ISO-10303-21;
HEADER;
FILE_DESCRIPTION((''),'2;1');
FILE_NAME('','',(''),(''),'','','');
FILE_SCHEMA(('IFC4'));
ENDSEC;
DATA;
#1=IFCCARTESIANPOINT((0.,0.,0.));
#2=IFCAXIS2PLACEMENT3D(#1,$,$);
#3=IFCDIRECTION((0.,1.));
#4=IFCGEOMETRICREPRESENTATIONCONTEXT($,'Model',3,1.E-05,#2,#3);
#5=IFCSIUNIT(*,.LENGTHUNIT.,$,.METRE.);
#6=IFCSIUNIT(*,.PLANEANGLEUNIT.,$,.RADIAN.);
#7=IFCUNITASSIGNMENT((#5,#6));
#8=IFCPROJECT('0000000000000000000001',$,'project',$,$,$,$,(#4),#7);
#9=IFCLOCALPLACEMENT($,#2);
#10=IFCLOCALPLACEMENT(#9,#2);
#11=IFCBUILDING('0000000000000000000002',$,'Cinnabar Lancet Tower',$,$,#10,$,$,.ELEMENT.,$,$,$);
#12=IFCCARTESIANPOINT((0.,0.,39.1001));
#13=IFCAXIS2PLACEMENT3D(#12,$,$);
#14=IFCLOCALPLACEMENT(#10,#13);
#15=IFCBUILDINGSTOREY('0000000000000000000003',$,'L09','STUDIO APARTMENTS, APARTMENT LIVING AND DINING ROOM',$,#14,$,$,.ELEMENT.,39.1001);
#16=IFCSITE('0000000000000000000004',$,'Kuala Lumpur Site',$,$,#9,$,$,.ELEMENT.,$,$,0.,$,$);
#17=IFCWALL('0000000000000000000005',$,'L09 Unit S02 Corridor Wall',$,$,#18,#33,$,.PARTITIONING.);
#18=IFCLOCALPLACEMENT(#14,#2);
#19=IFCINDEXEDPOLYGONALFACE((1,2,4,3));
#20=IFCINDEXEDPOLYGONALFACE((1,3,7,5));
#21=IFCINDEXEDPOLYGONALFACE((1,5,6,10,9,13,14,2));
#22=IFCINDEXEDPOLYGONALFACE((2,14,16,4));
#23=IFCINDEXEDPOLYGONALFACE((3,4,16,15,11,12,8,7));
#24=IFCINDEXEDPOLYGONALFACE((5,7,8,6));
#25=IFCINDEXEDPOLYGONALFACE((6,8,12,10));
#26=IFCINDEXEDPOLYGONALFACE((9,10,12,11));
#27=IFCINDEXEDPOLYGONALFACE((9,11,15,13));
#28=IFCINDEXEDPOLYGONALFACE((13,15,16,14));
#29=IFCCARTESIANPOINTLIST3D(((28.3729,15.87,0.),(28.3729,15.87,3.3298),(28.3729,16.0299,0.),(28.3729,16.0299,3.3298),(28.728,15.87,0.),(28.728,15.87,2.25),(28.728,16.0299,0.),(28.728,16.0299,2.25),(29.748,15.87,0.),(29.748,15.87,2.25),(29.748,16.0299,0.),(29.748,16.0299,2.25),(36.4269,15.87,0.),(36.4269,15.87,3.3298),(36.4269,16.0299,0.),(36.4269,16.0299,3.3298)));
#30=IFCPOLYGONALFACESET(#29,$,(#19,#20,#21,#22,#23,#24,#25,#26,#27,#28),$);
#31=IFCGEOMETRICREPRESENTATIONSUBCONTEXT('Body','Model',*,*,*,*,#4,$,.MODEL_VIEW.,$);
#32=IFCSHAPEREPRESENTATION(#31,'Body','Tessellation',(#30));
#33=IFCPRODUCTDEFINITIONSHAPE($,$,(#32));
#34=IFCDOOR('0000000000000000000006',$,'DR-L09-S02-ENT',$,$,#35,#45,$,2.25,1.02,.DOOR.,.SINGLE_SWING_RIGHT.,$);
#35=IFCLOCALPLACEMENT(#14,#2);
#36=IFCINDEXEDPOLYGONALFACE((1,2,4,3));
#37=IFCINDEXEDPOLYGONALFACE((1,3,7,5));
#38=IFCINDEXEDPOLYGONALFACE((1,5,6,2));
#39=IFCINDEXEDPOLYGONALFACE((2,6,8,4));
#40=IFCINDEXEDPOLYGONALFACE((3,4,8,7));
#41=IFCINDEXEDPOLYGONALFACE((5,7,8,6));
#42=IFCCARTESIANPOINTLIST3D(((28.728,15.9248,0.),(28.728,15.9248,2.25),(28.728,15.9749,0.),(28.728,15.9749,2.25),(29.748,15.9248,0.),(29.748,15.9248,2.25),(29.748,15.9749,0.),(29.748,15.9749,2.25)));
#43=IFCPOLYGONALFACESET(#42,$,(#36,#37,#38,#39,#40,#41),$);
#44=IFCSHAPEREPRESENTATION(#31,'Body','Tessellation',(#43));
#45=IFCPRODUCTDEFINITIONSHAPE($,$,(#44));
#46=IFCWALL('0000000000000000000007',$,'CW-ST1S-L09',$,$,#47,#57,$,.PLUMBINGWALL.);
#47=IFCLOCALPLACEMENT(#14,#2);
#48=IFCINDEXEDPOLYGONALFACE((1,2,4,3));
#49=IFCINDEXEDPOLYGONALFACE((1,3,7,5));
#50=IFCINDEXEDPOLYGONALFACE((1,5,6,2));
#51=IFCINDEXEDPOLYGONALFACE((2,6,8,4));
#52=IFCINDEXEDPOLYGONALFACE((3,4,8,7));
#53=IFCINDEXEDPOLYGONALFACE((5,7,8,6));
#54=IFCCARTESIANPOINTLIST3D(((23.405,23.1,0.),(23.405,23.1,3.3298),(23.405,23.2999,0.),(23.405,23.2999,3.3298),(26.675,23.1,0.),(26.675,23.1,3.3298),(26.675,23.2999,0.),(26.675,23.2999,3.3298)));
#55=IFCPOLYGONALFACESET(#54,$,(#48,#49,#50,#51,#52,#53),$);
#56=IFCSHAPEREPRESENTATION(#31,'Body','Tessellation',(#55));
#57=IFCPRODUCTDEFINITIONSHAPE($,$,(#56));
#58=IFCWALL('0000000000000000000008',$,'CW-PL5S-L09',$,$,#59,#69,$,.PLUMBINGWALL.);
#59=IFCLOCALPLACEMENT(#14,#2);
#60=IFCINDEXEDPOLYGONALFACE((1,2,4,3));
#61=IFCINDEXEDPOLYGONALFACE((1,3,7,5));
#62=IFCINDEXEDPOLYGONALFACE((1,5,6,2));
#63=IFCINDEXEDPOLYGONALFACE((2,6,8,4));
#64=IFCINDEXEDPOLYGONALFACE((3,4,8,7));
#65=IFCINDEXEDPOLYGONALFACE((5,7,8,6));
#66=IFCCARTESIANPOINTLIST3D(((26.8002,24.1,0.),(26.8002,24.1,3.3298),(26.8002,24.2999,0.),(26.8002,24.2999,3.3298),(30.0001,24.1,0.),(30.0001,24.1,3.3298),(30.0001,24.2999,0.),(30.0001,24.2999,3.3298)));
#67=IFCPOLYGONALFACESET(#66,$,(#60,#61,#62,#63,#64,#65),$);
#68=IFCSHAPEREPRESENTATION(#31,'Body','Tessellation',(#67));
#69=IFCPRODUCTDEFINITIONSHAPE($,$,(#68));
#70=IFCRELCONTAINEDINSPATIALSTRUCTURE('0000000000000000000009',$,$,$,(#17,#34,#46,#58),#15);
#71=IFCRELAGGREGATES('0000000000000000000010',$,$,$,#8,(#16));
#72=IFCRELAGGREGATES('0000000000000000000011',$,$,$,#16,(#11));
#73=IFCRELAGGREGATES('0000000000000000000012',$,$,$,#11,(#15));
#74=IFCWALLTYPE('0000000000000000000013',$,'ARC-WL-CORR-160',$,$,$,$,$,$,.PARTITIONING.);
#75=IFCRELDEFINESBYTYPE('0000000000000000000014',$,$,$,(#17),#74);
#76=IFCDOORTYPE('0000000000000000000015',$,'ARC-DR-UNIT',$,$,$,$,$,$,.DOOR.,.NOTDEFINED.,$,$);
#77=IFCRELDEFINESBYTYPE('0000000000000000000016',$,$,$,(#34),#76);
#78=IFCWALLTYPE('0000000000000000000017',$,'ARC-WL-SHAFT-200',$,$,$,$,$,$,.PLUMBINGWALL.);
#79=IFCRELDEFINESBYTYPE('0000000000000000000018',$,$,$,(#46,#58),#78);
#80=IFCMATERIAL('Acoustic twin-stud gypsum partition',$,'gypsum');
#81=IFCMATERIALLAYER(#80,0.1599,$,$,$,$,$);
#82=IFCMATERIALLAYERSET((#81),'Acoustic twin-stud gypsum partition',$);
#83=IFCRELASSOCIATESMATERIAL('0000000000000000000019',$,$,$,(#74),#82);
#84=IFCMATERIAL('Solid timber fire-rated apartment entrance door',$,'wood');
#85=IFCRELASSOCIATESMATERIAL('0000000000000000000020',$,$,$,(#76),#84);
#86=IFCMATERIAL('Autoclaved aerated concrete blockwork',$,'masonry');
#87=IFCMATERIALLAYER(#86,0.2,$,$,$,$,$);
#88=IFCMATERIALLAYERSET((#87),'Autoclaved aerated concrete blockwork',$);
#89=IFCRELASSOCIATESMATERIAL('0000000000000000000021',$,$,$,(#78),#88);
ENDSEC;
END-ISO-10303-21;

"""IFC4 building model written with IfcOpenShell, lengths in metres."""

from ifc_helpers import new_model, si_unit, direction, frame, frame_2d, origin, place, context, subcontext, project, spatial, rectangle, extrude, material, layer, layer_set, type_object, element, fill, save


model = new_model("IFC4")

# Units and contexts
model_context = context("Model", 3, precision=1e-05, world=origin(), true_north=direction((0.0, 1.0)))
body_context = subcontext(model_context, "Body", "Model", "MODEL_VIEW")
ifc_project = project(units=[si_unit("LENGTHUNIT", "METRE"), si_unit("PLANEANGLEUNIT", "RADIAN")], contexts=[model_context])

# Site, building, storey
site_placement = place(None, origin())
site = spatial("IfcSite", under=ifc_project, at=site_placement, Name="Kuala Lumpur Site", CompositionType="ELEMENT", RefElevation=0.0)
building_placement = place(site_placement, origin())
building = spatial("IfcBuilding", under=site, at=building_placement, Name="Cinnabar Lancet Tower", CompositionType="ELEMENT")
storey_placement = place(building_placement, frame((0.0, 0.0, 39.1001)))
storey = spatial("IfcBuildingStorey", under=building, at=storey_placement, Name="L09", Description="STUDIO APARTMENTS, APARTMENT LIVING AND DINING ROOM", CompositionType="ELEMENT", Elevation=39.1001)

# Wall, opening, door
ifc_material_1 = material(Name="Acoustic twin-stud gypsum partition", Category="gypsum")
ifc_layer_1 = layer(ifc_material_1, 0.1599)
ifc_layer_set_1 = layer_set([ifc_layer_1], Name="Acoustic twin-stud gypsum partition")
wall_type_1 = type_object("IfcWallType", Name="ARC-WL-CORR-160", PredefinedType="PARTITIONING", material=ifc_layer_set_1)
wall_1_placement = place(storey_placement, frame((28.373, 15.95, 0.0), z_axis=(0.0, 0.0, 1.0), x_axis=(1.0, 0.0, 0.0)))
wall_1 = element("IfcWall", 1, at=wall_1_placement, inside=storey, type_object=wall_type_1, Name="L09 Unit S02 Corridor Wall", PredefinedType="PARTITIONING", context=body_context, shape_type="SweptSolid", body=[
    extrude(rectangle(XDim=8.054, YDim=0.1599, at=frame_2d((4.0269, 0.0))), origin(), (0.0, 0.0, 1.0), 3.3298),
])
opening_1_placement = place(wall_1_placement, frame((0.355, 0.0, 0.0)))
opening_1 = element("IfcOpeningElement", 2, at=opening_1_placement, cuts=wall_1, PredefinedType="OPENING", context=body_context, shape_type="SweptSolid", body=[
    extrude(rectangle(XDim=1.02, YDim=2.25, at=frame_2d((0.51, 1.125))), frame((0.0, 0.0898, 0.0), z_axis=(0.0, -1.0, 0.0), x_axis=(1.0, 0.0, 0.0)), (0.0, 0.0, 1.0), 0.1799),
])
ifc_material_2 = material(Name="Solid timber fire-rated apartment entrance door", Category="wood")
door_type_1 = type_object("IfcDoorType", Name="ARC-DR-UNIT", OperationType="NOTDEFINED", PredefinedType="DOOR", material=ifc_material_2)
door_1_placement = place(opening_1_placement, origin())
door_1 = element("IfcDoor", 3, at=door_1_placement, inside=storey, type_object=door_type_1, Name="DR-L09-S02-ENT", OperationType="SINGLE_SWING_RIGHT", OverallHeight=2.25, OverallWidth=1.02, PredefinedType="DOOR", context=body_context, shape_type="SweptSolid", body=[
    extrude(rectangle(XDim=1.02, YDim=2.25, at=frame_2d((0.51, 1.125))), frame((0.0, 0.0249, 0.0), z_axis=(0.0, -1.0, 0.0), x_axis=(1.0, 0.0, 0.0)), (0.0, 0.0, 1.0), 0.05),
])
fill(opening_1, door_1)

# Walls
ifc_material_3 = material(Name="Autoclaved aerated concrete blockwork", Category="masonry")
ifc_layer_2 = layer(ifc_material_3, 0.2)
ifc_layer_set_2 = layer_set([ifc_layer_2], Name="Autoclaved aerated concrete blockwork")
wall_type_2 = type_object("IfcWallType", Name="ARC-WL-SHAFT-200", PredefinedType="PLUMBINGWALL", material=ifc_layer_set_2)
wall_2_placement = place(storey_placement, frame((23.405, 23.2, 0.0), z_axis=(0.0, 0.0, 1.0), x_axis=(1.0, 0.0, 0.0)))
element("IfcWall", 4, at=wall_2_placement, inside=storey, type_object=wall_type_2, Name="CW-ST1S-L09", PredefinedType="PLUMBINGWALL", context=body_context, shape_type="SweptSolid", body=[
    extrude(rectangle(XDim=3.27, YDim=0.2, at=frame_2d((1.635, 0.0))), origin(), (0.0, 0.0, 1.0), 3.3298),
])
wall_3_placement = place(storey_placement, frame((26.8, 24.2, 0.0), z_axis=(0.0, 0.0, 1.0), x_axis=(1.0, 0.0, 0.0)))
element("IfcWall", 5, at=wall_3_placement, inside=storey, type_object=wall_type_2, Name="CW-PL5S-L09", PredefinedType="PLUMBINGWALL", context=body_context, shape_type="SweptSolid", body=[
    extrude(rectangle(XDim=3.2, YDim=0.2, at=frame_2d((1.6001, 0.0))), origin(), (0.0, 0.0, 1.0), 3.3298),
])

save(model, "model.ifc")
